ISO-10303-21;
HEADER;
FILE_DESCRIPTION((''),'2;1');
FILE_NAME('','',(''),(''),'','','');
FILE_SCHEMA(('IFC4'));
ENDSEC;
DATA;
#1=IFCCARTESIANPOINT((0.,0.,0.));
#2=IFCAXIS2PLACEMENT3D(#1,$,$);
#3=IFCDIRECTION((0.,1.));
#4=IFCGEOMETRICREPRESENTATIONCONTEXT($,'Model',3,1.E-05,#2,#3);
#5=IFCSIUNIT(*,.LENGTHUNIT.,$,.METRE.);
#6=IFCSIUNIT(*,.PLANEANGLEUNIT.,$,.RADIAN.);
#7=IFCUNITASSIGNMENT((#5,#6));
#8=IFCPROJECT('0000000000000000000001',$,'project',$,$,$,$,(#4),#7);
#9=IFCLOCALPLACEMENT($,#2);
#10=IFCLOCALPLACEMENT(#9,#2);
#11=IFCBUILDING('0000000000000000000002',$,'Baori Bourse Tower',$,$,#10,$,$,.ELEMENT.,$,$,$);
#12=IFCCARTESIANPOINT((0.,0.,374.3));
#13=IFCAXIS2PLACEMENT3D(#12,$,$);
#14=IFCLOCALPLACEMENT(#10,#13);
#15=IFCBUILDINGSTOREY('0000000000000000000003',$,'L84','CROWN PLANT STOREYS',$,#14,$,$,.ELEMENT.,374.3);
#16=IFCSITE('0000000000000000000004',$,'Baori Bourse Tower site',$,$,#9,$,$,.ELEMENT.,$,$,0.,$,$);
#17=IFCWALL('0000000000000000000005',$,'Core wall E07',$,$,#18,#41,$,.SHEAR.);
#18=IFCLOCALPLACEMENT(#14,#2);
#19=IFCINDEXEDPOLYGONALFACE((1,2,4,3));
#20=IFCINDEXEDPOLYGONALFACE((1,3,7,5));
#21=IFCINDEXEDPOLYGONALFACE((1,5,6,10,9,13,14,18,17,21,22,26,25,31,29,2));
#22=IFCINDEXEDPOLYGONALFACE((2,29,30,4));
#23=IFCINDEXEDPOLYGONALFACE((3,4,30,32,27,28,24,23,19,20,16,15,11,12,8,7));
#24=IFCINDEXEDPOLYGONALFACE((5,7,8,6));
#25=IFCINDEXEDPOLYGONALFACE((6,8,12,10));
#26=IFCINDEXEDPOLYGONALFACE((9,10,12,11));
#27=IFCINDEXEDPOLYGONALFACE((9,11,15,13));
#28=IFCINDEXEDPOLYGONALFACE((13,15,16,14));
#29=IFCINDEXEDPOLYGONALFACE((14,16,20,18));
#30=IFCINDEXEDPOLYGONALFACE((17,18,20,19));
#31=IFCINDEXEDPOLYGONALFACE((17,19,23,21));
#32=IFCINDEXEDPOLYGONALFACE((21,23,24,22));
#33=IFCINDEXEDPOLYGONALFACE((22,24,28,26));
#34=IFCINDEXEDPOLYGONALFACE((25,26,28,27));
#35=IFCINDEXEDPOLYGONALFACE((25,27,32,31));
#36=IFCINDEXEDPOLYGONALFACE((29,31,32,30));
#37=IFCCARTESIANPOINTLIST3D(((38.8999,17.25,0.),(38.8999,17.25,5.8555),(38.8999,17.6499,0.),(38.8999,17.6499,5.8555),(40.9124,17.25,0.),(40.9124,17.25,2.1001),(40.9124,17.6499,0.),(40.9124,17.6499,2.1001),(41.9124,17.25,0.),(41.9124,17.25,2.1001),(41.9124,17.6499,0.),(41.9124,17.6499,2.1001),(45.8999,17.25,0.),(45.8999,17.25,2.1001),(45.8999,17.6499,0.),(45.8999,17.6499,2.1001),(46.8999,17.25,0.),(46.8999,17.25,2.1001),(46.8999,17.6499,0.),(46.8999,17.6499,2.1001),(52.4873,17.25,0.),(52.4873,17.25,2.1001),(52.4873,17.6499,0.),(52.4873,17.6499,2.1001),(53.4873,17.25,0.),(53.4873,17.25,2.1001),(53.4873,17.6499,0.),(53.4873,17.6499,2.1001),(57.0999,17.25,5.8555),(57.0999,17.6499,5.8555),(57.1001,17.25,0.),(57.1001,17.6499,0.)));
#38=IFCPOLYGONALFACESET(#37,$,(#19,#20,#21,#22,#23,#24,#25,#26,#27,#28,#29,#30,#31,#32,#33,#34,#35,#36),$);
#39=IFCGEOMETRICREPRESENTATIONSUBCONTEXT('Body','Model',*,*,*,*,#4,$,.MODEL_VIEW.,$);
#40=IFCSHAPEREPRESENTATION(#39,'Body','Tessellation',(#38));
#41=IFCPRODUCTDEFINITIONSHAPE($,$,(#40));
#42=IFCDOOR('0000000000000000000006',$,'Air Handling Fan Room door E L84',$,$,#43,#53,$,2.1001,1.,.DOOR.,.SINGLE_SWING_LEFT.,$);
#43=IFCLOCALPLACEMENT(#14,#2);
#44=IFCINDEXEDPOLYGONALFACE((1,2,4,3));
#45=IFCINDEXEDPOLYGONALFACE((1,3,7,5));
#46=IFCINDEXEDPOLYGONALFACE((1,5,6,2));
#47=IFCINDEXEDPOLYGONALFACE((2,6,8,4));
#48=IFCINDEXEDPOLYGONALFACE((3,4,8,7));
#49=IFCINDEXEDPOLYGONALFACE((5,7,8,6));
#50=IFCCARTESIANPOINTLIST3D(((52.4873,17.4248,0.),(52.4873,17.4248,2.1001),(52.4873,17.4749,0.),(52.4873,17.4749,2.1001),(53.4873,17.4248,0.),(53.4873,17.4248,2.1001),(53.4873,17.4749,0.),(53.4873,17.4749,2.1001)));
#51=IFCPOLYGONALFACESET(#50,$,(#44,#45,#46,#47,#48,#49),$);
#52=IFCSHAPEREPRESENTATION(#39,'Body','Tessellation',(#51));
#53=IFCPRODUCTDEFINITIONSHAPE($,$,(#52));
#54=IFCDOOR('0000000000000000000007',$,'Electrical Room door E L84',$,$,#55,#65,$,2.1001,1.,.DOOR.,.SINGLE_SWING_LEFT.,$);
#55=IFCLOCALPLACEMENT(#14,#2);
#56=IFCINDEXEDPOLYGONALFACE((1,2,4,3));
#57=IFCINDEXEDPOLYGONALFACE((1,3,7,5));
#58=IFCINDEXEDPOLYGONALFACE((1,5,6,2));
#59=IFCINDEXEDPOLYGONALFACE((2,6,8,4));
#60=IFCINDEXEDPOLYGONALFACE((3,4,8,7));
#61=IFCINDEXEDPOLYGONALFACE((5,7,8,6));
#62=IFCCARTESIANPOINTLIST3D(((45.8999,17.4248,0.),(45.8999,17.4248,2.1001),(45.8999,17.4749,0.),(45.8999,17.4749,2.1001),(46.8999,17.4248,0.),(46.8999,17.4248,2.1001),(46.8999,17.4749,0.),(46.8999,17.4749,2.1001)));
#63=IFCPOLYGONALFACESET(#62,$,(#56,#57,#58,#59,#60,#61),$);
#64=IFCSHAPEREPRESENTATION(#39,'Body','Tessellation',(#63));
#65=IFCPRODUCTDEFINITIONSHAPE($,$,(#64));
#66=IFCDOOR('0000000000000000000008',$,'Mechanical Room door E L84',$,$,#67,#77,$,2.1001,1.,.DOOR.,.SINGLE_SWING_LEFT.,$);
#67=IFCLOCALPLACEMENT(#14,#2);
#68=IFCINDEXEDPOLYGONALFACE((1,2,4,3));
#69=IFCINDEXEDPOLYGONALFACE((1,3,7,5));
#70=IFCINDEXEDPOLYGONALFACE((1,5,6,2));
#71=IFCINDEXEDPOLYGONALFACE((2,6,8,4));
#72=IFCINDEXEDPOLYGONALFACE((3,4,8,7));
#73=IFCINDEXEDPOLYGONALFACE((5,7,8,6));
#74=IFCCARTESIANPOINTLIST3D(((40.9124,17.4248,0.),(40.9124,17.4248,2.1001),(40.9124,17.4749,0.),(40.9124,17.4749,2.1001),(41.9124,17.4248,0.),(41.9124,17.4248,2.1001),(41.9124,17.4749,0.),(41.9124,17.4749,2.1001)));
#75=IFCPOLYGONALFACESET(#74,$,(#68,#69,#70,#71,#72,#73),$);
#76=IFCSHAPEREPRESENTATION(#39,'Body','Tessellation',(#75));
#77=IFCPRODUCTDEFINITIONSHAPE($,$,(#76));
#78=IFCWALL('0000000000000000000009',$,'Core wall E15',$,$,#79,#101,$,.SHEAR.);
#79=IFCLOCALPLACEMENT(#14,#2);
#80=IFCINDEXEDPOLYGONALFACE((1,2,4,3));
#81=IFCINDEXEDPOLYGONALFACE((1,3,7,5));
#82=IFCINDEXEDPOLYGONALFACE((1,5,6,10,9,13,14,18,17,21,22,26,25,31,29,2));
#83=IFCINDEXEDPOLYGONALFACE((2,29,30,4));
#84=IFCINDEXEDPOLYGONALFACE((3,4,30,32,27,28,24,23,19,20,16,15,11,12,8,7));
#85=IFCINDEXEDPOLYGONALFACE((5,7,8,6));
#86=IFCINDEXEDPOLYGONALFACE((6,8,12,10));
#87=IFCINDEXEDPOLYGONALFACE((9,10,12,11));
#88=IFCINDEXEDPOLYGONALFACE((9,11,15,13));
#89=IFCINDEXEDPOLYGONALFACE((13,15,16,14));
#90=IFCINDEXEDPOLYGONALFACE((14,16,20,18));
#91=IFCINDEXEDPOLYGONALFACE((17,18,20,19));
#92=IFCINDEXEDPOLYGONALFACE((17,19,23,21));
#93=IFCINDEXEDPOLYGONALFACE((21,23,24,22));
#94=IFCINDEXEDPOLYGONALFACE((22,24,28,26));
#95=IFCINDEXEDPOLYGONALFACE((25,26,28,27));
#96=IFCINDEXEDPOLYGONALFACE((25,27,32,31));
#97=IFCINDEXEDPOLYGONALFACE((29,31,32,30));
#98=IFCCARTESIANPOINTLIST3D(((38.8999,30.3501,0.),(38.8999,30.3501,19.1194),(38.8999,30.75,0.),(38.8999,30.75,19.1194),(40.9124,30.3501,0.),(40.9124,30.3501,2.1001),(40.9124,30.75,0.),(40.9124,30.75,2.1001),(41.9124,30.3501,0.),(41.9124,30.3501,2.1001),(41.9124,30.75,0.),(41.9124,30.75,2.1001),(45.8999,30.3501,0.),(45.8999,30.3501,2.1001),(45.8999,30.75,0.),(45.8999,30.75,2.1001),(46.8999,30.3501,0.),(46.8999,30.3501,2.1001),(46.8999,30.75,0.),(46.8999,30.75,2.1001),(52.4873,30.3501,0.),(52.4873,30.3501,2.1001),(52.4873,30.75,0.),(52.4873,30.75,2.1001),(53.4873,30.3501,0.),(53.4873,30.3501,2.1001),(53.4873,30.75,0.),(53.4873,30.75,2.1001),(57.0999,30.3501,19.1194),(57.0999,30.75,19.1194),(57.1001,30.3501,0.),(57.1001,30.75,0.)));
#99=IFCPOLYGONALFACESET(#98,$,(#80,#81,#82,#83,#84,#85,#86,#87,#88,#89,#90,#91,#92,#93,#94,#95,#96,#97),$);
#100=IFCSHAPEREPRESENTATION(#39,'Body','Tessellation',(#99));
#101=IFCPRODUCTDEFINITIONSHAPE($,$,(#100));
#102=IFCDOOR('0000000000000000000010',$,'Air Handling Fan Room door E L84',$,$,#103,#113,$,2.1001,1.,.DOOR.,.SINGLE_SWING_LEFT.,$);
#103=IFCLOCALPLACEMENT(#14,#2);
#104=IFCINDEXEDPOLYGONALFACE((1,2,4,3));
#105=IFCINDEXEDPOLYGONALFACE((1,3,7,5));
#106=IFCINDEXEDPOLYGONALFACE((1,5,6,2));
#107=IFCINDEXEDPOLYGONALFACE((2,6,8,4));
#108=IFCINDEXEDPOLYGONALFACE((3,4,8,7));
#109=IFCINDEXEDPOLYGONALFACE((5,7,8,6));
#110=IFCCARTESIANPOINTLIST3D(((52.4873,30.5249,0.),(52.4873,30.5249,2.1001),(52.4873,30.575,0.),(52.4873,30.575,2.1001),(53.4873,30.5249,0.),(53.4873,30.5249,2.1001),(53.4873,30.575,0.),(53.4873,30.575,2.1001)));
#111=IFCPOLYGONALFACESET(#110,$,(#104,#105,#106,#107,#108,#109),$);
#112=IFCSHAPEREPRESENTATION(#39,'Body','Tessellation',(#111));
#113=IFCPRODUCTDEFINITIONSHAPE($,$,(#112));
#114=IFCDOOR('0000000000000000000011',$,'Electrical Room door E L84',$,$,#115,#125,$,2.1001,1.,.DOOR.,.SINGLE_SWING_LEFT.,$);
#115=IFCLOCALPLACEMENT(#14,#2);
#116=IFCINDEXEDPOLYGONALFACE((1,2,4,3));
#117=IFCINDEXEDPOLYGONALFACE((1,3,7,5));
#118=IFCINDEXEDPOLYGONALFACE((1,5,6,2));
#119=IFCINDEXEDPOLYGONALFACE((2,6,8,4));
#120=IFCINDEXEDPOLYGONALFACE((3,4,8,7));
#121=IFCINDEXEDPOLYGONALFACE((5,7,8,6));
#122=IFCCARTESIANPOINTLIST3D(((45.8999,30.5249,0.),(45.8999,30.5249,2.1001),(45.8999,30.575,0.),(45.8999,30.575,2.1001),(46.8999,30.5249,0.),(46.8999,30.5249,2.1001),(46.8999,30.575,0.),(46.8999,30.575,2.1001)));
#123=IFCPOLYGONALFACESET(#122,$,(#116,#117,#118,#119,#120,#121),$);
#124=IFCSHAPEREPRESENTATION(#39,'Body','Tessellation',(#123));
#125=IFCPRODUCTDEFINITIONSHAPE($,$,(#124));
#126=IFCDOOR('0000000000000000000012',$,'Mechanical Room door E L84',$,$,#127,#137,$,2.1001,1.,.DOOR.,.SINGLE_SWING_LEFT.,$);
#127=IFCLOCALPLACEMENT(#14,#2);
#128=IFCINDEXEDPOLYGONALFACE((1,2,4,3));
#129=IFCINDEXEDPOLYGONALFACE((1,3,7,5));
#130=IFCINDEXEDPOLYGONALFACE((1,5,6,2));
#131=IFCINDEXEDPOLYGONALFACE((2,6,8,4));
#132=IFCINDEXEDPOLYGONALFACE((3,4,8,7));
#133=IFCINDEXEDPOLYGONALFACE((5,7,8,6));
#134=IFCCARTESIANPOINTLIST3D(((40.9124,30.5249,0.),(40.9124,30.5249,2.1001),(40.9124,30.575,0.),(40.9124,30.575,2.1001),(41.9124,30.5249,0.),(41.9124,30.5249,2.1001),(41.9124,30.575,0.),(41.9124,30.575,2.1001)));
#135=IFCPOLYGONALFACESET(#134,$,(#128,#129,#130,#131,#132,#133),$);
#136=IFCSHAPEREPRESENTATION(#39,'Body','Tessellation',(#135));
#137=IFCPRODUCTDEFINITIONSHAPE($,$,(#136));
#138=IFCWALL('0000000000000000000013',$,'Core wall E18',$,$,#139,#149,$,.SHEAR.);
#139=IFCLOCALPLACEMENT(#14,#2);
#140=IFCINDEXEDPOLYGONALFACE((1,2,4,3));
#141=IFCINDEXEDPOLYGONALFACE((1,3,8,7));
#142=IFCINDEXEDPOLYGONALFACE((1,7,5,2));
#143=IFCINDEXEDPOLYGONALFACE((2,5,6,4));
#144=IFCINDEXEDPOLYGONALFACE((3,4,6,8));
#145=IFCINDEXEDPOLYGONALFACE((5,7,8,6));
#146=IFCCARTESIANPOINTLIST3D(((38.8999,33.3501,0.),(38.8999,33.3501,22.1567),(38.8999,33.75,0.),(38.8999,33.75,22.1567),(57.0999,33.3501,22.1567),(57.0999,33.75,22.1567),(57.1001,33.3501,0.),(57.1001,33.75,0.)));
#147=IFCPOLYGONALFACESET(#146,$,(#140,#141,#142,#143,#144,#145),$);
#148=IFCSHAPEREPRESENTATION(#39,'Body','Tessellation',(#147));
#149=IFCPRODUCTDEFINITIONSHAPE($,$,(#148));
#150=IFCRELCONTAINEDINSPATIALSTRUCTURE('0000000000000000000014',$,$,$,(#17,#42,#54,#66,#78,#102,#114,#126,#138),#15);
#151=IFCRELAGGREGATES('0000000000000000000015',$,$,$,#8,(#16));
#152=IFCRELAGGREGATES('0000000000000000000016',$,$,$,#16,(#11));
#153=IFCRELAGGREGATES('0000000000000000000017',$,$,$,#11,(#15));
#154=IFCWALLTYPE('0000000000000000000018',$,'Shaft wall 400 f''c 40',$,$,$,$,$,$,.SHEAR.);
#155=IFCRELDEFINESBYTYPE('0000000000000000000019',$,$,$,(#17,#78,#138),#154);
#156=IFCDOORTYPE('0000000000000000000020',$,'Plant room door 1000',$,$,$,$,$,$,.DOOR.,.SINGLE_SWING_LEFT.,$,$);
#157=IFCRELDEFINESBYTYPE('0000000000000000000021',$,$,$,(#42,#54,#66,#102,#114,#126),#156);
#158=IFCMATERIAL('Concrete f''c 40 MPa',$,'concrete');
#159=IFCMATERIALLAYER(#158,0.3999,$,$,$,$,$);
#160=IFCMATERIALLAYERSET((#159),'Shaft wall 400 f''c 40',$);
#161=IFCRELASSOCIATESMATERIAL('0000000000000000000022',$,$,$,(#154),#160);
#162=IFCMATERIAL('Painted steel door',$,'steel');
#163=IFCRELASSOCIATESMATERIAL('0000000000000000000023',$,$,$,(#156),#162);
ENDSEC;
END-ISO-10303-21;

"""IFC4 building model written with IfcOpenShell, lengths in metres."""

from ifc_helpers import new_model, si_unit, direction, frame, frame_2d, origin, place, context, subcontext, project, spatial, polyline, rectangle, outline, extrude, material, layer, layer_set, type_object, element, fill, save


model = new_model("IFC4")

# Units and contexts
model_context = context("Model", 3, precision=1e-05, world=origin(), true_north=direction((0.0, 1.0)))
body_context = subcontext(model_context, "Body", "Model", "MODEL_VIEW")
ifc_project = project(units=[si_unit("LENGTHUNIT", "METRE"), si_unit("PLANEANGLEUNIT", "RADIAN")], contexts=[model_context])

# Site, building, storey
site_placement = place(None, origin())
site = spatial("IfcSite", under=ifc_project, at=site_placement, Name="Baori Bourse Tower site", CompositionType="ELEMENT", RefElevation=0.0)
building_placement = place(site_placement, origin())
building = spatial("IfcBuilding", under=site, at=building_placement, Name="Baori Bourse Tower", CompositionType="ELEMENT")
storey_placement = place(building_placement, frame((0.0, 0.0, 374.3)))
storey = spatial("IfcBuildingStorey", under=building, at=storey_placement, Name="L84", Description="CROWN PLANT STOREYS", CompositionType="ELEMENT", Elevation=374.3)

# Shared definitions
ifc_material_1 = material(Name="Concrete f'c 40 MPa", Category="concrete")
ifc_layer_1 = layer(ifc_material_1, 0.3999)
ifc_layer_set_1 = layer_set([ifc_layer_1], Name="Shaft wall 400 f'c 40")
wall_type_1 = type_object("IfcWallType", Name="Shaft wall 400 f'c 40", PredefinedType="SHEAR", material=ifc_layer_set_1)

# Walls, openings, doors
wall_1_placement = place(storey_placement, frame((38.8999, 17.45, 0.0), z_axis=(0.0, 0.0, 1.0), x_axis=(1.0, 0.0, 0.0)))
wall_1 = element("IfcWall", 1, at=wall_1_placement, inside=storey, type_object=wall_type_1, Name="Core wall E07", PredefinedType="SHEAR", context=body_context, shape_type="SweptSolid", body=[
    extrude(outline(polyline([(0.0, 0.0), (18.2002, 0.0), (18.2, 5.8555), (0.0, 5.8555), (0.0, 0.0)])), frame((0.0, 0.2, 0.0), z_axis=(0.0, -1.0, 0.0), x_axis=(1.0, 0.0, 0.0)), (0.0, 0.0, 1.0), 0.3999),
])
opening_1_placement = place(wall_1_placement, frame((13.5874, 0.0, 0.0)))
opening_1 = element("IfcOpeningElement", 2, at=opening_1_placement, cuts=wall_1, PredefinedType="OPENING", context=body_context, shape_type="SweptSolid", body=[
    extrude(rectangle(XDim=1.0, YDim=2.1001, at=frame_2d((0.5, 1.05))), frame((0.0, 0.21, 0.0), z_axis=(0.0, -1.0, 0.0), x_axis=(1.0, 0.0, 0.0)), (0.0, 0.0, 1.0), 0.4199),
])
opening_2_placement = place(wall_1_placement, frame((7.0, 0.0, 0.0)))
opening_2 = element("IfcOpeningElement", 3, at=opening_2_placement, cuts=wall_1, PredefinedType="OPENING", context=body_context, shape_type="SweptSolid", body=[
    extrude(rectangle(XDim=1.0, YDim=2.1001, at=frame_2d((0.5, 1.05))), frame((0.0, 0.21, 0.0), z_axis=(0.0, -1.0, 0.0), x_axis=(1.0, 0.0, 0.0)), (0.0, 0.0, 1.0), 0.4199),
])
opening_3_placement = place(wall_1_placement, frame((2.0125, 0.0, 0.0)))
opening_3 = element("IfcOpeningElement", 4, at=opening_3_placement, cuts=wall_1, PredefinedType="OPENING", context=body_context, shape_type="SweptSolid", body=[
    extrude(rectangle(XDim=1.0, YDim=2.1001, at=frame_2d((0.5, 1.05))), frame((0.0, 0.21, 0.0), z_axis=(0.0, -1.0, 0.0), x_axis=(1.0, 0.0, 0.0)), (0.0, 0.0, 1.0), 0.4199),
])
ifc_material_2 = material(Name="Painted steel door", Category="steel")
door_type_1 = type_object("IfcDoorType", Name="Plant room door 1000", OperationType="SINGLE_SWING_LEFT", PredefinedType="DOOR", material=ifc_material_2)
door_1_placement = place(opening_1_placement, origin())
door_1 = element("IfcDoor", 5, at=door_1_placement, inside=storey, type_object=door_type_1, Name="Air Handling Fan Room door E L84", OperationType="SINGLE_SWING_LEFT", OverallHeight=2.1001, OverallWidth=1.0, PredefinedType="DOOR", context=body_context, shape_type="SweptSolid", body=[
    extrude(rectangle(XDim=1.0, YDim=2.1001, at=frame_2d((0.5, 1.05))), frame((0.0, 0.0249, 0.0), z_axis=(0.0, -1.0, 0.0), x_axis=(1.0, 0.0, 0.0)), (0.0, 0.0, 1.0), 0.05),
])
fill(opening_1, door_1)
door_2_placement = place(opening_2_placement, origin())
door_2 = element("IfcDoor", 6, at=door_2_placement, inside=storey, type_object=door_type_1, Name="Electrical Room door E L84", OperationType="SINGLE_SWING_LEFT", OverallHeight=2.1001, OverallWidth=1.0, PredefinedType="DOOR", context=body_context, shape_type="SweptSolid", body=[
    extrude(rectangle(XDim=1.0, YDim=2.1001, at=frame_2d((0.5, 1.05))), frame((0.0, 0.0249, 0.0), z_axis=(0.0, -1.0, 0.0), x_axis=(1.0, 0.0, 0.0)), (0.0, 0.0, 1.0), 0.05),
])
fill(opening_2, door_2)
door_3_placement = place(opening_3_placement, origin())
door_3 = element("IfcDoor", 7, at=door_3_placement, inside=storey, type_object=door_type_1, Name="Mechanical Room door E L84", OperationType="SINGLE_SWING_LEFT", OverallHeight=2.1001, OverallWidth=1.0, PredefinedType="DOOR", context=body_context, shape_type="SweptSolid", body=[
    extrude(rectangle(XDim=1.0, YDim=2.1001, at=frame_2d((0.5, 1.05))), frame((0.0, 0.0249, 0.0), z_axis=(0.0, -1.0, 0.0), x_axis=(1.0, 0.0, 0.0)), (0.0, 0.0, 1.0), 0.05),
])
fill(opening_3, door_3)
wall_2_placement = place(storey_placement, frame((38.8999, 30.55, 0.0), z_axis=(0.0, 0.0, 1.0), x_axis=(1.0, 0.0, 0.0)))
wall_2 = element("IfcWall", 8, at=wall_2_placement, inside=storey, type_object=wall_type_1, Name="Core wall E15", PredefinedType="SHEAR", context=body_context, shape_type="SweptSolid", body=[
    extrude(outline(polyline([(0.0, 0.0), (18.2002, 0.0), (18.2, 19.1194), (0.0, 19.1194), (0.0, 0.0)])), frame((0.0, 0.2, 0.0), z_axis=(0.0, -1.0, 0.0), x_axis=(1.0, 0.0, 0.0)), (0.0, 0.0, 1.0), 0.3999),
])
opening_4_placement = place(wall_2_placement, frame((13.5874, 0.0, 0.0)))
opening_4 = element("IfcOpeningElement", 9, at=opening_4_placement, cuts=wall_2, PredefinedType="OPENING", context=body_context, shape_type="SweptSolid", body=[
    extrude(rectangle(XDim=1.0, YDim=2.1001, at=frame_2d((0.5, 1.05))), frame((0.0, 0.21, 0.0), z_axis=(0.0, -1.0, 0.0), x_axis=(1.0, 0.0, 0.0)), (0.0, 0.0, 1.0), 0.4199),
])
opening_5_placement = place(wall_2_placement, frame((7.0, 0.0, 0.0)))
opening_5 = element("IfcOpeningElement", 10, at=opening_5_placement, cuts=wall_2, PredefinedType="OPENING", context=body_context, shape_type="SweptSolid", body=[
    extrude(rectangle(XDim=1.0, YDim=2.1001, at=frame_2d((0.5, 1.05))), frame((0.0, 0.21, 0.0), z_axis=(0.0, -1.0, 0.0), x_axis=(1.0, 0.0, 0.0)), (0.0, 0.0, 1.0), 0.4199),
])
opening_6_placement = place(wall_2_placement, frame((2.0125, 0.0, 0.0)))
opening_6 = element("IfcOpeningElement", 11, at=opening_6_placement, cuts=wall_2, PredefinedType="OPENING", context=body_context, shape_type="SweptSolid", body=[
    extrude(rectangle(XDim=1.0, YDim=2.1001, at=frame_2d((0.5, 1.05))), frame((0.0, 0.21, 0.0), z_axis=(0.0, -1.0, 0.0), x_axis=(1.0, 0.0, 0.0)), (0.0, 0.0, 1.0), 0.4199),
])
door_4_placement = place(opening_4_placement, origin())
door_4 = element("IfcDoor", 12, at=door_4_placement, inside=storey, type_object=door_type_1, Name="Air Handling Fan Room door E L84", OperationType="SINGLE_SWING_LEFT", OverallHeight=2.1001, OverallWidth=1.0, PredefinedType="DOOR", context=body_context, shape_type="SweptSolid", body=[
    extrude(rectangle(XDim=1.0, YDim=2.1001, at=frame_2d((0.5, 1.05))), frame((0.0, 0.0249, 0.0), z_axis=(0.0, -1.0, 0.0), x_axis=(1.0, 0.0, 0.0)), (0.0, 0.0, 1.0), 0.05),
])
fill(opening_4, door_4)
door_5_placement = place(opening_5_placement, origin())
door_5 = element("IfcDoor", 13, at=door_5_placement, inside=storey, type_object=door_type_1, Name="Electrical Room door E L84", OperationType="SINGLE_SWING_LEFT", OverallHeight=2.1001, OverallWidth=1.0, PredefinedType="DOOR", context=body_context, shape_type="SweptSolid", body=[
    extrude(rectangle(XDim=1.0, YDim=2.1001, at=frame_2d((0.5, 1.05))), frame((0.0, 0.0249, 0.0), z_axis=(0.0, -1.0, 0.0), x_axis=(1.0, 0.0, 0.0)), (0.0, 0.0, 1.0), 0.05),
])
fill(opening_5, door_5)
door_6_placement = place(opening_6_placement, origin())
door_6 = element("IfcDoor", 14, at=door_6_placement, inside=storey, type_object=door_type_1, Name="Mechanical Room door E L84", OperationType="SINGLE_SWING_LEFT", OverallHeight=2.1001, OverallWidth=1.0, PredefinedType="DOOR", context=body_context, shape_type="SweptSolid", body=[
    extrude(rectangle(XDim=1.0, YDim=2.1001, at=frame_2d((0.5, 1.05))), frame((0.0, 0.0249, 0.0), z_axis=(0.0, -1.0, 0.0), x_axis=(1.0, 0.0, 0.0)), (0.0, 0.0, 1.0), 0.05),
])
fill(opening_6, door_6)

# Wall
wall_3_placement = place(storey_placement, frame((38.8999, 33.55, 0.0), z_axis=(0.0, 0.0, 1.0), x_axis=(1.0, 0.0, 0.0)))
element("IfcWall", 15, at=wall_3_placement, inside=storey, type_object=wall_type_1, Name="Core wall E18", PredefinedType="SHEAR", context=body_context, shape_type="SweptSolid", body=[
    extrude(outline(polyline([(0.0, 0.0), (18.2002, 0.0), (18.2, 22.1567), (0.0, 22.1567), (0.0, 0.0)])), frame((0.0, 0.2, 0.0), z_axis=(0.0, -1.0, 0.0), x_axis=(1.0, 0.0, 0.0)), (0.0, 0.0, 1.0), 0.3999),
])

save(model, "model.ifc")
